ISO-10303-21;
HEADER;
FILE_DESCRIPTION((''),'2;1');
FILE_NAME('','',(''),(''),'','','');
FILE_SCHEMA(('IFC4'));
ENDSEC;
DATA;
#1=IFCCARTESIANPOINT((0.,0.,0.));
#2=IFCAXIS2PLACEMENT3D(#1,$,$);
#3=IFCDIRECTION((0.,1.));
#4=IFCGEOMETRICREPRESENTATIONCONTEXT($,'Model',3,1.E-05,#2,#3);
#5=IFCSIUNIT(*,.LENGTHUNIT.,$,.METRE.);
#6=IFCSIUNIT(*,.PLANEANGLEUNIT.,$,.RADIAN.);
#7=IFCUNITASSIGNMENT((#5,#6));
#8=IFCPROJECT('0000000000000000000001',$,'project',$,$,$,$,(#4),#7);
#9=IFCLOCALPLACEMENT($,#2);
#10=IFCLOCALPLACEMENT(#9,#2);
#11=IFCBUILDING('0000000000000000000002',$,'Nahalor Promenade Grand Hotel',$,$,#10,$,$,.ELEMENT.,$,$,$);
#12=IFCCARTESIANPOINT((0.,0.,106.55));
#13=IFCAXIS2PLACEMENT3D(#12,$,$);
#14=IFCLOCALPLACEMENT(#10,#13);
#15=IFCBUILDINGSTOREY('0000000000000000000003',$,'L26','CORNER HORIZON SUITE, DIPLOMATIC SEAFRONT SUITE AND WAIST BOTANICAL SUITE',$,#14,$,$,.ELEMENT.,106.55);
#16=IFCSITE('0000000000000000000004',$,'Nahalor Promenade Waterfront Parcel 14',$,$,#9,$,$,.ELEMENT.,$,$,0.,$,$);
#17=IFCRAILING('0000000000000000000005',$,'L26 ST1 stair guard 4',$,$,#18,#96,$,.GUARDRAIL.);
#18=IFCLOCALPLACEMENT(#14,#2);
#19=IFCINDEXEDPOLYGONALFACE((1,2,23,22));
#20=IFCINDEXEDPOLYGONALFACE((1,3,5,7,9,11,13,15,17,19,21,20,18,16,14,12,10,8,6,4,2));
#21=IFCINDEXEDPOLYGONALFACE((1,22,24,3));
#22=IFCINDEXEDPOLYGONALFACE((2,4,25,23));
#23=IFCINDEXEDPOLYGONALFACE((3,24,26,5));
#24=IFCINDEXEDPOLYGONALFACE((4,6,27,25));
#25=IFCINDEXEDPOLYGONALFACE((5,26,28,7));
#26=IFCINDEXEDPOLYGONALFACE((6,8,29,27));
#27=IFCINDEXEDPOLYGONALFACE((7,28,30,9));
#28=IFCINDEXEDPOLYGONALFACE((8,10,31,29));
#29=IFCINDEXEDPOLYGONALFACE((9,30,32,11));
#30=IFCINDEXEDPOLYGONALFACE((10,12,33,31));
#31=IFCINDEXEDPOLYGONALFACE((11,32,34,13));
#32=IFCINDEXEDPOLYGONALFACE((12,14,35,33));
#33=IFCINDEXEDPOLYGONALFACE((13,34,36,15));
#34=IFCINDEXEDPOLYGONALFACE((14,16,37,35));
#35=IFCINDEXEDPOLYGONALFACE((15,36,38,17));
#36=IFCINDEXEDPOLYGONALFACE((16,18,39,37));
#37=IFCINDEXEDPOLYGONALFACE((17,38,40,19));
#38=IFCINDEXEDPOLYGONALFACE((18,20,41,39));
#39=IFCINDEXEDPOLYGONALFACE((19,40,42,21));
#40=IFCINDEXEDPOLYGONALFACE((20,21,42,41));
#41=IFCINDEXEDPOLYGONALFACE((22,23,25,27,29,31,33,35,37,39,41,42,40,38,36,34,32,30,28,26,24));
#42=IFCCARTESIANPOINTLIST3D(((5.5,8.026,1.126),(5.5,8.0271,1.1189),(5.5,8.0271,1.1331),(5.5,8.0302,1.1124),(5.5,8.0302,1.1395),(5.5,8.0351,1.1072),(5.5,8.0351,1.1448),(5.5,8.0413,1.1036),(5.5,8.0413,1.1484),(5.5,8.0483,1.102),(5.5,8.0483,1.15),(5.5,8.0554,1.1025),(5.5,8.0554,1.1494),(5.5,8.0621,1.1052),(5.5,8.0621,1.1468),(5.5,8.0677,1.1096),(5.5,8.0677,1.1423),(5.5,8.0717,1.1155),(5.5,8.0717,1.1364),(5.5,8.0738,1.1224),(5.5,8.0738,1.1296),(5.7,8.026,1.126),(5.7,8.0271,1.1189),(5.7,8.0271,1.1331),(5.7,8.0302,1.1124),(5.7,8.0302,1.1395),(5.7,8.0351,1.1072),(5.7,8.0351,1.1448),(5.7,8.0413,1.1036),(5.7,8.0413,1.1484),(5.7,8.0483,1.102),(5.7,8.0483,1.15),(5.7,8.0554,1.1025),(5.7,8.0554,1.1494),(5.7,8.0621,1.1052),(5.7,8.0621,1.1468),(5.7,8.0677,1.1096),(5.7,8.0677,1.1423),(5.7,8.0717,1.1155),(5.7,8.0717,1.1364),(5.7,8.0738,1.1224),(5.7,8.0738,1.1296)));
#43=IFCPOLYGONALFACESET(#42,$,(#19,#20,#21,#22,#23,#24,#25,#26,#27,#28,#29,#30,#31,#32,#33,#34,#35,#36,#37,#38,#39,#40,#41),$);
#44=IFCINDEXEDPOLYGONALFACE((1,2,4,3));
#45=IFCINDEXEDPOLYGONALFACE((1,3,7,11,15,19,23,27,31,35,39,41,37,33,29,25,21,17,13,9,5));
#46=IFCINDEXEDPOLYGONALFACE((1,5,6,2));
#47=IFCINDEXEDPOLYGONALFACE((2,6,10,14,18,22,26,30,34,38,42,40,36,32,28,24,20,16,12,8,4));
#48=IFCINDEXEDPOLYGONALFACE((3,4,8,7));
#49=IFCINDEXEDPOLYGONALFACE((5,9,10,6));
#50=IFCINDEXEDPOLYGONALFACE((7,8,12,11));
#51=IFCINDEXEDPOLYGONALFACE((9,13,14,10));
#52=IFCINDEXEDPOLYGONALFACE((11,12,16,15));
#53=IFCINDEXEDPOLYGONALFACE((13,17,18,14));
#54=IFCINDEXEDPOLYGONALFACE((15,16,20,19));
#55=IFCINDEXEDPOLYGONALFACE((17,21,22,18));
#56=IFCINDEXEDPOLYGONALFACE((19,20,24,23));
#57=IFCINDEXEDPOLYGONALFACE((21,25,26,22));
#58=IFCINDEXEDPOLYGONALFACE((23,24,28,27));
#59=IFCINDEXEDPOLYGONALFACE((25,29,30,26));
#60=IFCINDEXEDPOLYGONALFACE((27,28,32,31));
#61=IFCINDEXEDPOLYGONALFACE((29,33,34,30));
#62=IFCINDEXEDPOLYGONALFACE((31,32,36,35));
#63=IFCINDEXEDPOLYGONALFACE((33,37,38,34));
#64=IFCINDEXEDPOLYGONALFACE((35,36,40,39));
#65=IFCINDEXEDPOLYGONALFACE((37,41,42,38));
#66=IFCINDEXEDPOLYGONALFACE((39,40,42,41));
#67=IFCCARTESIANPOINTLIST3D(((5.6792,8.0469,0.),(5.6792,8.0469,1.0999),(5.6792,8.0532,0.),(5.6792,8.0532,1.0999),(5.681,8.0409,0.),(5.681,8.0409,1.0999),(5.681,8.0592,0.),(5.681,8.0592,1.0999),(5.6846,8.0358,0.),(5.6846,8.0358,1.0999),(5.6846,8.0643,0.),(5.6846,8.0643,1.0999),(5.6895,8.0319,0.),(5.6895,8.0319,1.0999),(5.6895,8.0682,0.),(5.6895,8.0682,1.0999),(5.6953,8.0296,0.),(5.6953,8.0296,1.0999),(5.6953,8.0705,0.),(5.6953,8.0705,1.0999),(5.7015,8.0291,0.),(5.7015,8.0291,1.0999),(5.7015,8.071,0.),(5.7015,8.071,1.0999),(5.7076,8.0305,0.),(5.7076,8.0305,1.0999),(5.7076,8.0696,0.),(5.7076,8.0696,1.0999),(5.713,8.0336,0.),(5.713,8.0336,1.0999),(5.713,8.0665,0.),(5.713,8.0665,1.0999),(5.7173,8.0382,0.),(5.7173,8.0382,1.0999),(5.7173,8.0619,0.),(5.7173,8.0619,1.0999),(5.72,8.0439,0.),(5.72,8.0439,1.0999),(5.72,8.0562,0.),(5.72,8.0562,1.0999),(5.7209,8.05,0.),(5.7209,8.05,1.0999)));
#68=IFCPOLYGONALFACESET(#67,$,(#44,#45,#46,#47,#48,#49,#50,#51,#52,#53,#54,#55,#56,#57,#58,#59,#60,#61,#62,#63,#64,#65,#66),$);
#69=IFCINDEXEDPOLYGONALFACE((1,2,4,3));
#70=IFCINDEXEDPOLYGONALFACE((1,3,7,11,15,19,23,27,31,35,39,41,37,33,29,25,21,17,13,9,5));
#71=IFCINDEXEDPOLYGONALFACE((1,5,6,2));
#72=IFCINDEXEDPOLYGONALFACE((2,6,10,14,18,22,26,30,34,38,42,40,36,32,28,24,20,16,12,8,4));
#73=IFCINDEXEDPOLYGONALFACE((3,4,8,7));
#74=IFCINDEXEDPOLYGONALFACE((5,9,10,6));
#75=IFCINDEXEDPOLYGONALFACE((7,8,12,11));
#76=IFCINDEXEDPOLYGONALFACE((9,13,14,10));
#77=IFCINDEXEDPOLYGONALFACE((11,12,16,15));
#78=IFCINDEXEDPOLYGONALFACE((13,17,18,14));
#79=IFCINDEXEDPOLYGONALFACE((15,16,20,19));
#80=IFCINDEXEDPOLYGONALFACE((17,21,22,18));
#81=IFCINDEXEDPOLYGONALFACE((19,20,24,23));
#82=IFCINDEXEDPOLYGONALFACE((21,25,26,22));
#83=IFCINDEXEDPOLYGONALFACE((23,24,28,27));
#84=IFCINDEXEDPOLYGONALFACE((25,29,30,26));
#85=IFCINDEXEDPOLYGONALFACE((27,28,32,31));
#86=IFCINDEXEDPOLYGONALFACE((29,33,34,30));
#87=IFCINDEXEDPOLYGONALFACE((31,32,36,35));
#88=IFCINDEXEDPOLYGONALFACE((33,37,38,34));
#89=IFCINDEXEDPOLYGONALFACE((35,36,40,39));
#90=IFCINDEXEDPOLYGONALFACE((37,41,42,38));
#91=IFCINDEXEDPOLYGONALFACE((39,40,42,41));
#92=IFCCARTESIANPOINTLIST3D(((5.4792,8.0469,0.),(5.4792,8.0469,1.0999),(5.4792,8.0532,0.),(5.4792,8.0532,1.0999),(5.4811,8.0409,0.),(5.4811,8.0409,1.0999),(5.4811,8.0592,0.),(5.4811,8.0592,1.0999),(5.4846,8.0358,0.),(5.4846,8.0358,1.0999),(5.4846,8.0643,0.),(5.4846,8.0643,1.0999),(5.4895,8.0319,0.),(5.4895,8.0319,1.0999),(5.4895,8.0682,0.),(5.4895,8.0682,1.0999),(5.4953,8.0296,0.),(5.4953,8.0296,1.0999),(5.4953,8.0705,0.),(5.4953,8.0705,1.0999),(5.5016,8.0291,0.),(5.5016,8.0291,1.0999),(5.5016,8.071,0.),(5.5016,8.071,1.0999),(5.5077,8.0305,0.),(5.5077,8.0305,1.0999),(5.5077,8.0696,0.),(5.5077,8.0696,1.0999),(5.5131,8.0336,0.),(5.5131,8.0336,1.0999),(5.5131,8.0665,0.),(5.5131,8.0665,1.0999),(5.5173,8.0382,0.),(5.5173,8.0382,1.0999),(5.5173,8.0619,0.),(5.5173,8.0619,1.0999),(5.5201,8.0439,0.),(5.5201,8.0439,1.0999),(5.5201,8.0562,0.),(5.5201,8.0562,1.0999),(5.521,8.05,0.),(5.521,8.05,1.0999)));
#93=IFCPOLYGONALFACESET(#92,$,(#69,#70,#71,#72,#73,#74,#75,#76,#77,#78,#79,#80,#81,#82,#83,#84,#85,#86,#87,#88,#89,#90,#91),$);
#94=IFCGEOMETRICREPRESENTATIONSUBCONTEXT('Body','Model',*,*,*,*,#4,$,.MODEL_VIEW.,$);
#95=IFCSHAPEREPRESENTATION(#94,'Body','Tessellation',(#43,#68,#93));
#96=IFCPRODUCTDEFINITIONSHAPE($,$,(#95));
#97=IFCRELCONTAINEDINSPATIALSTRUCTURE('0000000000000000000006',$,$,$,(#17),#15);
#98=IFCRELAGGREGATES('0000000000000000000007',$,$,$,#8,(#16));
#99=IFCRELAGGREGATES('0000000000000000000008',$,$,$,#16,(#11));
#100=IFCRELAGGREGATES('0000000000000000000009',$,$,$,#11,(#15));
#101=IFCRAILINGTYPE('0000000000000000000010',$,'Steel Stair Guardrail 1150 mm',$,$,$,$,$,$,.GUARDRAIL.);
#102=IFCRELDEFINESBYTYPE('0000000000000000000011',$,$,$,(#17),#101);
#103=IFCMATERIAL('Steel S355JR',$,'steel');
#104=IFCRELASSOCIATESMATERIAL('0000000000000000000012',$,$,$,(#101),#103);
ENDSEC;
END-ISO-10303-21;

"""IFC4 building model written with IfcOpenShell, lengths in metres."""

from ifc_helpers import new_model, si_unit, direction, frame, origin, origin_2d, place, context, subcontext, project, spatial, circle, extrude, material, type_object, element, save


model = new_model("IFC4")

# Units and contexts
model_context = context("Model", 3, precision=1e-05, world=origin(), true_north=direction((0.0, 1.0)))
body_context = subcontext(model_context, "Body", "Model", "MODEL_VIEW")
ifc_project = project(units=[si_unit("LENGTHUNIT", "METRE"), si_unit("PLANEANGLEUNIT", "RADIAN")], contexts=[model_context])

# Site, building, storey
site_placement = place(None, origin())
site = spatial("IfcSite", under=ifc_project, at=site_placement, Name="Nahalor Promenade Waterfront Parcel 14", CompositionType="ELEMENT", RefElevation=0.0)
building_placement = place(site_placement, origin())
building = spatial("IfcBuilding", under=site, at=building_placement, Name="Nahalor Promenade Grand Hotel", CompositionType="ELEMENT")
storey_placement = place(building_placement, frame((0.0, 0.0, 106.55)))
storey = spatial("IfcBuildingStorey", under=building, at=storey_placement, Name="L26", Description="CORNER HORIZON SUITE, DIPLOMATIC SEAFRONT SUITE AND WAIST BOTANICAL SUITE", CompositionType="ELEMENT", Elevation=106.55)

# Shared definitions
ifc_material_1 = material(Name="Steel S355JR", Category="steel")

# Railing
railing_type_1 = type_object("IfcRailingType", Name="Steel Stair Guardrail 1150 mm", PredefinedType="GUARDRAIL", material=ifc_material_1)
railing_1_placement = place(storey_placement, frame((5.7, 8.05, 0.0)))
element("IfcRailing", 1, at=railing_1_placement, inside=storey, type_object=railing_type_1, Name="L26 ST1 stair guard 4", PredefinedType="GUARDRAIL", context=body_context, shape_type="SweptSolid", body=[
    extrude(circle(Radius=0.024, at=origin_2d()), frame((0.0, 0.0, 1.126), z_axis=(-1.0, 0.0, 0.0), x_axis=(0.0, -1.0, 0.0)), (0.0, 0.0, 1.0), 0.2),
    extrude(circle(Radius=0.021, at=origin_2d()), origin(), (0.0, 0.0, 1.0), 1.0999),
    extrude(circle(Radius=0.021, at=origin_2d()), frame((-0.2, 0.0, 0.0)), (0.0, 0.0, 1.0), 1.0999),
])

save(model, "model.ifc")
